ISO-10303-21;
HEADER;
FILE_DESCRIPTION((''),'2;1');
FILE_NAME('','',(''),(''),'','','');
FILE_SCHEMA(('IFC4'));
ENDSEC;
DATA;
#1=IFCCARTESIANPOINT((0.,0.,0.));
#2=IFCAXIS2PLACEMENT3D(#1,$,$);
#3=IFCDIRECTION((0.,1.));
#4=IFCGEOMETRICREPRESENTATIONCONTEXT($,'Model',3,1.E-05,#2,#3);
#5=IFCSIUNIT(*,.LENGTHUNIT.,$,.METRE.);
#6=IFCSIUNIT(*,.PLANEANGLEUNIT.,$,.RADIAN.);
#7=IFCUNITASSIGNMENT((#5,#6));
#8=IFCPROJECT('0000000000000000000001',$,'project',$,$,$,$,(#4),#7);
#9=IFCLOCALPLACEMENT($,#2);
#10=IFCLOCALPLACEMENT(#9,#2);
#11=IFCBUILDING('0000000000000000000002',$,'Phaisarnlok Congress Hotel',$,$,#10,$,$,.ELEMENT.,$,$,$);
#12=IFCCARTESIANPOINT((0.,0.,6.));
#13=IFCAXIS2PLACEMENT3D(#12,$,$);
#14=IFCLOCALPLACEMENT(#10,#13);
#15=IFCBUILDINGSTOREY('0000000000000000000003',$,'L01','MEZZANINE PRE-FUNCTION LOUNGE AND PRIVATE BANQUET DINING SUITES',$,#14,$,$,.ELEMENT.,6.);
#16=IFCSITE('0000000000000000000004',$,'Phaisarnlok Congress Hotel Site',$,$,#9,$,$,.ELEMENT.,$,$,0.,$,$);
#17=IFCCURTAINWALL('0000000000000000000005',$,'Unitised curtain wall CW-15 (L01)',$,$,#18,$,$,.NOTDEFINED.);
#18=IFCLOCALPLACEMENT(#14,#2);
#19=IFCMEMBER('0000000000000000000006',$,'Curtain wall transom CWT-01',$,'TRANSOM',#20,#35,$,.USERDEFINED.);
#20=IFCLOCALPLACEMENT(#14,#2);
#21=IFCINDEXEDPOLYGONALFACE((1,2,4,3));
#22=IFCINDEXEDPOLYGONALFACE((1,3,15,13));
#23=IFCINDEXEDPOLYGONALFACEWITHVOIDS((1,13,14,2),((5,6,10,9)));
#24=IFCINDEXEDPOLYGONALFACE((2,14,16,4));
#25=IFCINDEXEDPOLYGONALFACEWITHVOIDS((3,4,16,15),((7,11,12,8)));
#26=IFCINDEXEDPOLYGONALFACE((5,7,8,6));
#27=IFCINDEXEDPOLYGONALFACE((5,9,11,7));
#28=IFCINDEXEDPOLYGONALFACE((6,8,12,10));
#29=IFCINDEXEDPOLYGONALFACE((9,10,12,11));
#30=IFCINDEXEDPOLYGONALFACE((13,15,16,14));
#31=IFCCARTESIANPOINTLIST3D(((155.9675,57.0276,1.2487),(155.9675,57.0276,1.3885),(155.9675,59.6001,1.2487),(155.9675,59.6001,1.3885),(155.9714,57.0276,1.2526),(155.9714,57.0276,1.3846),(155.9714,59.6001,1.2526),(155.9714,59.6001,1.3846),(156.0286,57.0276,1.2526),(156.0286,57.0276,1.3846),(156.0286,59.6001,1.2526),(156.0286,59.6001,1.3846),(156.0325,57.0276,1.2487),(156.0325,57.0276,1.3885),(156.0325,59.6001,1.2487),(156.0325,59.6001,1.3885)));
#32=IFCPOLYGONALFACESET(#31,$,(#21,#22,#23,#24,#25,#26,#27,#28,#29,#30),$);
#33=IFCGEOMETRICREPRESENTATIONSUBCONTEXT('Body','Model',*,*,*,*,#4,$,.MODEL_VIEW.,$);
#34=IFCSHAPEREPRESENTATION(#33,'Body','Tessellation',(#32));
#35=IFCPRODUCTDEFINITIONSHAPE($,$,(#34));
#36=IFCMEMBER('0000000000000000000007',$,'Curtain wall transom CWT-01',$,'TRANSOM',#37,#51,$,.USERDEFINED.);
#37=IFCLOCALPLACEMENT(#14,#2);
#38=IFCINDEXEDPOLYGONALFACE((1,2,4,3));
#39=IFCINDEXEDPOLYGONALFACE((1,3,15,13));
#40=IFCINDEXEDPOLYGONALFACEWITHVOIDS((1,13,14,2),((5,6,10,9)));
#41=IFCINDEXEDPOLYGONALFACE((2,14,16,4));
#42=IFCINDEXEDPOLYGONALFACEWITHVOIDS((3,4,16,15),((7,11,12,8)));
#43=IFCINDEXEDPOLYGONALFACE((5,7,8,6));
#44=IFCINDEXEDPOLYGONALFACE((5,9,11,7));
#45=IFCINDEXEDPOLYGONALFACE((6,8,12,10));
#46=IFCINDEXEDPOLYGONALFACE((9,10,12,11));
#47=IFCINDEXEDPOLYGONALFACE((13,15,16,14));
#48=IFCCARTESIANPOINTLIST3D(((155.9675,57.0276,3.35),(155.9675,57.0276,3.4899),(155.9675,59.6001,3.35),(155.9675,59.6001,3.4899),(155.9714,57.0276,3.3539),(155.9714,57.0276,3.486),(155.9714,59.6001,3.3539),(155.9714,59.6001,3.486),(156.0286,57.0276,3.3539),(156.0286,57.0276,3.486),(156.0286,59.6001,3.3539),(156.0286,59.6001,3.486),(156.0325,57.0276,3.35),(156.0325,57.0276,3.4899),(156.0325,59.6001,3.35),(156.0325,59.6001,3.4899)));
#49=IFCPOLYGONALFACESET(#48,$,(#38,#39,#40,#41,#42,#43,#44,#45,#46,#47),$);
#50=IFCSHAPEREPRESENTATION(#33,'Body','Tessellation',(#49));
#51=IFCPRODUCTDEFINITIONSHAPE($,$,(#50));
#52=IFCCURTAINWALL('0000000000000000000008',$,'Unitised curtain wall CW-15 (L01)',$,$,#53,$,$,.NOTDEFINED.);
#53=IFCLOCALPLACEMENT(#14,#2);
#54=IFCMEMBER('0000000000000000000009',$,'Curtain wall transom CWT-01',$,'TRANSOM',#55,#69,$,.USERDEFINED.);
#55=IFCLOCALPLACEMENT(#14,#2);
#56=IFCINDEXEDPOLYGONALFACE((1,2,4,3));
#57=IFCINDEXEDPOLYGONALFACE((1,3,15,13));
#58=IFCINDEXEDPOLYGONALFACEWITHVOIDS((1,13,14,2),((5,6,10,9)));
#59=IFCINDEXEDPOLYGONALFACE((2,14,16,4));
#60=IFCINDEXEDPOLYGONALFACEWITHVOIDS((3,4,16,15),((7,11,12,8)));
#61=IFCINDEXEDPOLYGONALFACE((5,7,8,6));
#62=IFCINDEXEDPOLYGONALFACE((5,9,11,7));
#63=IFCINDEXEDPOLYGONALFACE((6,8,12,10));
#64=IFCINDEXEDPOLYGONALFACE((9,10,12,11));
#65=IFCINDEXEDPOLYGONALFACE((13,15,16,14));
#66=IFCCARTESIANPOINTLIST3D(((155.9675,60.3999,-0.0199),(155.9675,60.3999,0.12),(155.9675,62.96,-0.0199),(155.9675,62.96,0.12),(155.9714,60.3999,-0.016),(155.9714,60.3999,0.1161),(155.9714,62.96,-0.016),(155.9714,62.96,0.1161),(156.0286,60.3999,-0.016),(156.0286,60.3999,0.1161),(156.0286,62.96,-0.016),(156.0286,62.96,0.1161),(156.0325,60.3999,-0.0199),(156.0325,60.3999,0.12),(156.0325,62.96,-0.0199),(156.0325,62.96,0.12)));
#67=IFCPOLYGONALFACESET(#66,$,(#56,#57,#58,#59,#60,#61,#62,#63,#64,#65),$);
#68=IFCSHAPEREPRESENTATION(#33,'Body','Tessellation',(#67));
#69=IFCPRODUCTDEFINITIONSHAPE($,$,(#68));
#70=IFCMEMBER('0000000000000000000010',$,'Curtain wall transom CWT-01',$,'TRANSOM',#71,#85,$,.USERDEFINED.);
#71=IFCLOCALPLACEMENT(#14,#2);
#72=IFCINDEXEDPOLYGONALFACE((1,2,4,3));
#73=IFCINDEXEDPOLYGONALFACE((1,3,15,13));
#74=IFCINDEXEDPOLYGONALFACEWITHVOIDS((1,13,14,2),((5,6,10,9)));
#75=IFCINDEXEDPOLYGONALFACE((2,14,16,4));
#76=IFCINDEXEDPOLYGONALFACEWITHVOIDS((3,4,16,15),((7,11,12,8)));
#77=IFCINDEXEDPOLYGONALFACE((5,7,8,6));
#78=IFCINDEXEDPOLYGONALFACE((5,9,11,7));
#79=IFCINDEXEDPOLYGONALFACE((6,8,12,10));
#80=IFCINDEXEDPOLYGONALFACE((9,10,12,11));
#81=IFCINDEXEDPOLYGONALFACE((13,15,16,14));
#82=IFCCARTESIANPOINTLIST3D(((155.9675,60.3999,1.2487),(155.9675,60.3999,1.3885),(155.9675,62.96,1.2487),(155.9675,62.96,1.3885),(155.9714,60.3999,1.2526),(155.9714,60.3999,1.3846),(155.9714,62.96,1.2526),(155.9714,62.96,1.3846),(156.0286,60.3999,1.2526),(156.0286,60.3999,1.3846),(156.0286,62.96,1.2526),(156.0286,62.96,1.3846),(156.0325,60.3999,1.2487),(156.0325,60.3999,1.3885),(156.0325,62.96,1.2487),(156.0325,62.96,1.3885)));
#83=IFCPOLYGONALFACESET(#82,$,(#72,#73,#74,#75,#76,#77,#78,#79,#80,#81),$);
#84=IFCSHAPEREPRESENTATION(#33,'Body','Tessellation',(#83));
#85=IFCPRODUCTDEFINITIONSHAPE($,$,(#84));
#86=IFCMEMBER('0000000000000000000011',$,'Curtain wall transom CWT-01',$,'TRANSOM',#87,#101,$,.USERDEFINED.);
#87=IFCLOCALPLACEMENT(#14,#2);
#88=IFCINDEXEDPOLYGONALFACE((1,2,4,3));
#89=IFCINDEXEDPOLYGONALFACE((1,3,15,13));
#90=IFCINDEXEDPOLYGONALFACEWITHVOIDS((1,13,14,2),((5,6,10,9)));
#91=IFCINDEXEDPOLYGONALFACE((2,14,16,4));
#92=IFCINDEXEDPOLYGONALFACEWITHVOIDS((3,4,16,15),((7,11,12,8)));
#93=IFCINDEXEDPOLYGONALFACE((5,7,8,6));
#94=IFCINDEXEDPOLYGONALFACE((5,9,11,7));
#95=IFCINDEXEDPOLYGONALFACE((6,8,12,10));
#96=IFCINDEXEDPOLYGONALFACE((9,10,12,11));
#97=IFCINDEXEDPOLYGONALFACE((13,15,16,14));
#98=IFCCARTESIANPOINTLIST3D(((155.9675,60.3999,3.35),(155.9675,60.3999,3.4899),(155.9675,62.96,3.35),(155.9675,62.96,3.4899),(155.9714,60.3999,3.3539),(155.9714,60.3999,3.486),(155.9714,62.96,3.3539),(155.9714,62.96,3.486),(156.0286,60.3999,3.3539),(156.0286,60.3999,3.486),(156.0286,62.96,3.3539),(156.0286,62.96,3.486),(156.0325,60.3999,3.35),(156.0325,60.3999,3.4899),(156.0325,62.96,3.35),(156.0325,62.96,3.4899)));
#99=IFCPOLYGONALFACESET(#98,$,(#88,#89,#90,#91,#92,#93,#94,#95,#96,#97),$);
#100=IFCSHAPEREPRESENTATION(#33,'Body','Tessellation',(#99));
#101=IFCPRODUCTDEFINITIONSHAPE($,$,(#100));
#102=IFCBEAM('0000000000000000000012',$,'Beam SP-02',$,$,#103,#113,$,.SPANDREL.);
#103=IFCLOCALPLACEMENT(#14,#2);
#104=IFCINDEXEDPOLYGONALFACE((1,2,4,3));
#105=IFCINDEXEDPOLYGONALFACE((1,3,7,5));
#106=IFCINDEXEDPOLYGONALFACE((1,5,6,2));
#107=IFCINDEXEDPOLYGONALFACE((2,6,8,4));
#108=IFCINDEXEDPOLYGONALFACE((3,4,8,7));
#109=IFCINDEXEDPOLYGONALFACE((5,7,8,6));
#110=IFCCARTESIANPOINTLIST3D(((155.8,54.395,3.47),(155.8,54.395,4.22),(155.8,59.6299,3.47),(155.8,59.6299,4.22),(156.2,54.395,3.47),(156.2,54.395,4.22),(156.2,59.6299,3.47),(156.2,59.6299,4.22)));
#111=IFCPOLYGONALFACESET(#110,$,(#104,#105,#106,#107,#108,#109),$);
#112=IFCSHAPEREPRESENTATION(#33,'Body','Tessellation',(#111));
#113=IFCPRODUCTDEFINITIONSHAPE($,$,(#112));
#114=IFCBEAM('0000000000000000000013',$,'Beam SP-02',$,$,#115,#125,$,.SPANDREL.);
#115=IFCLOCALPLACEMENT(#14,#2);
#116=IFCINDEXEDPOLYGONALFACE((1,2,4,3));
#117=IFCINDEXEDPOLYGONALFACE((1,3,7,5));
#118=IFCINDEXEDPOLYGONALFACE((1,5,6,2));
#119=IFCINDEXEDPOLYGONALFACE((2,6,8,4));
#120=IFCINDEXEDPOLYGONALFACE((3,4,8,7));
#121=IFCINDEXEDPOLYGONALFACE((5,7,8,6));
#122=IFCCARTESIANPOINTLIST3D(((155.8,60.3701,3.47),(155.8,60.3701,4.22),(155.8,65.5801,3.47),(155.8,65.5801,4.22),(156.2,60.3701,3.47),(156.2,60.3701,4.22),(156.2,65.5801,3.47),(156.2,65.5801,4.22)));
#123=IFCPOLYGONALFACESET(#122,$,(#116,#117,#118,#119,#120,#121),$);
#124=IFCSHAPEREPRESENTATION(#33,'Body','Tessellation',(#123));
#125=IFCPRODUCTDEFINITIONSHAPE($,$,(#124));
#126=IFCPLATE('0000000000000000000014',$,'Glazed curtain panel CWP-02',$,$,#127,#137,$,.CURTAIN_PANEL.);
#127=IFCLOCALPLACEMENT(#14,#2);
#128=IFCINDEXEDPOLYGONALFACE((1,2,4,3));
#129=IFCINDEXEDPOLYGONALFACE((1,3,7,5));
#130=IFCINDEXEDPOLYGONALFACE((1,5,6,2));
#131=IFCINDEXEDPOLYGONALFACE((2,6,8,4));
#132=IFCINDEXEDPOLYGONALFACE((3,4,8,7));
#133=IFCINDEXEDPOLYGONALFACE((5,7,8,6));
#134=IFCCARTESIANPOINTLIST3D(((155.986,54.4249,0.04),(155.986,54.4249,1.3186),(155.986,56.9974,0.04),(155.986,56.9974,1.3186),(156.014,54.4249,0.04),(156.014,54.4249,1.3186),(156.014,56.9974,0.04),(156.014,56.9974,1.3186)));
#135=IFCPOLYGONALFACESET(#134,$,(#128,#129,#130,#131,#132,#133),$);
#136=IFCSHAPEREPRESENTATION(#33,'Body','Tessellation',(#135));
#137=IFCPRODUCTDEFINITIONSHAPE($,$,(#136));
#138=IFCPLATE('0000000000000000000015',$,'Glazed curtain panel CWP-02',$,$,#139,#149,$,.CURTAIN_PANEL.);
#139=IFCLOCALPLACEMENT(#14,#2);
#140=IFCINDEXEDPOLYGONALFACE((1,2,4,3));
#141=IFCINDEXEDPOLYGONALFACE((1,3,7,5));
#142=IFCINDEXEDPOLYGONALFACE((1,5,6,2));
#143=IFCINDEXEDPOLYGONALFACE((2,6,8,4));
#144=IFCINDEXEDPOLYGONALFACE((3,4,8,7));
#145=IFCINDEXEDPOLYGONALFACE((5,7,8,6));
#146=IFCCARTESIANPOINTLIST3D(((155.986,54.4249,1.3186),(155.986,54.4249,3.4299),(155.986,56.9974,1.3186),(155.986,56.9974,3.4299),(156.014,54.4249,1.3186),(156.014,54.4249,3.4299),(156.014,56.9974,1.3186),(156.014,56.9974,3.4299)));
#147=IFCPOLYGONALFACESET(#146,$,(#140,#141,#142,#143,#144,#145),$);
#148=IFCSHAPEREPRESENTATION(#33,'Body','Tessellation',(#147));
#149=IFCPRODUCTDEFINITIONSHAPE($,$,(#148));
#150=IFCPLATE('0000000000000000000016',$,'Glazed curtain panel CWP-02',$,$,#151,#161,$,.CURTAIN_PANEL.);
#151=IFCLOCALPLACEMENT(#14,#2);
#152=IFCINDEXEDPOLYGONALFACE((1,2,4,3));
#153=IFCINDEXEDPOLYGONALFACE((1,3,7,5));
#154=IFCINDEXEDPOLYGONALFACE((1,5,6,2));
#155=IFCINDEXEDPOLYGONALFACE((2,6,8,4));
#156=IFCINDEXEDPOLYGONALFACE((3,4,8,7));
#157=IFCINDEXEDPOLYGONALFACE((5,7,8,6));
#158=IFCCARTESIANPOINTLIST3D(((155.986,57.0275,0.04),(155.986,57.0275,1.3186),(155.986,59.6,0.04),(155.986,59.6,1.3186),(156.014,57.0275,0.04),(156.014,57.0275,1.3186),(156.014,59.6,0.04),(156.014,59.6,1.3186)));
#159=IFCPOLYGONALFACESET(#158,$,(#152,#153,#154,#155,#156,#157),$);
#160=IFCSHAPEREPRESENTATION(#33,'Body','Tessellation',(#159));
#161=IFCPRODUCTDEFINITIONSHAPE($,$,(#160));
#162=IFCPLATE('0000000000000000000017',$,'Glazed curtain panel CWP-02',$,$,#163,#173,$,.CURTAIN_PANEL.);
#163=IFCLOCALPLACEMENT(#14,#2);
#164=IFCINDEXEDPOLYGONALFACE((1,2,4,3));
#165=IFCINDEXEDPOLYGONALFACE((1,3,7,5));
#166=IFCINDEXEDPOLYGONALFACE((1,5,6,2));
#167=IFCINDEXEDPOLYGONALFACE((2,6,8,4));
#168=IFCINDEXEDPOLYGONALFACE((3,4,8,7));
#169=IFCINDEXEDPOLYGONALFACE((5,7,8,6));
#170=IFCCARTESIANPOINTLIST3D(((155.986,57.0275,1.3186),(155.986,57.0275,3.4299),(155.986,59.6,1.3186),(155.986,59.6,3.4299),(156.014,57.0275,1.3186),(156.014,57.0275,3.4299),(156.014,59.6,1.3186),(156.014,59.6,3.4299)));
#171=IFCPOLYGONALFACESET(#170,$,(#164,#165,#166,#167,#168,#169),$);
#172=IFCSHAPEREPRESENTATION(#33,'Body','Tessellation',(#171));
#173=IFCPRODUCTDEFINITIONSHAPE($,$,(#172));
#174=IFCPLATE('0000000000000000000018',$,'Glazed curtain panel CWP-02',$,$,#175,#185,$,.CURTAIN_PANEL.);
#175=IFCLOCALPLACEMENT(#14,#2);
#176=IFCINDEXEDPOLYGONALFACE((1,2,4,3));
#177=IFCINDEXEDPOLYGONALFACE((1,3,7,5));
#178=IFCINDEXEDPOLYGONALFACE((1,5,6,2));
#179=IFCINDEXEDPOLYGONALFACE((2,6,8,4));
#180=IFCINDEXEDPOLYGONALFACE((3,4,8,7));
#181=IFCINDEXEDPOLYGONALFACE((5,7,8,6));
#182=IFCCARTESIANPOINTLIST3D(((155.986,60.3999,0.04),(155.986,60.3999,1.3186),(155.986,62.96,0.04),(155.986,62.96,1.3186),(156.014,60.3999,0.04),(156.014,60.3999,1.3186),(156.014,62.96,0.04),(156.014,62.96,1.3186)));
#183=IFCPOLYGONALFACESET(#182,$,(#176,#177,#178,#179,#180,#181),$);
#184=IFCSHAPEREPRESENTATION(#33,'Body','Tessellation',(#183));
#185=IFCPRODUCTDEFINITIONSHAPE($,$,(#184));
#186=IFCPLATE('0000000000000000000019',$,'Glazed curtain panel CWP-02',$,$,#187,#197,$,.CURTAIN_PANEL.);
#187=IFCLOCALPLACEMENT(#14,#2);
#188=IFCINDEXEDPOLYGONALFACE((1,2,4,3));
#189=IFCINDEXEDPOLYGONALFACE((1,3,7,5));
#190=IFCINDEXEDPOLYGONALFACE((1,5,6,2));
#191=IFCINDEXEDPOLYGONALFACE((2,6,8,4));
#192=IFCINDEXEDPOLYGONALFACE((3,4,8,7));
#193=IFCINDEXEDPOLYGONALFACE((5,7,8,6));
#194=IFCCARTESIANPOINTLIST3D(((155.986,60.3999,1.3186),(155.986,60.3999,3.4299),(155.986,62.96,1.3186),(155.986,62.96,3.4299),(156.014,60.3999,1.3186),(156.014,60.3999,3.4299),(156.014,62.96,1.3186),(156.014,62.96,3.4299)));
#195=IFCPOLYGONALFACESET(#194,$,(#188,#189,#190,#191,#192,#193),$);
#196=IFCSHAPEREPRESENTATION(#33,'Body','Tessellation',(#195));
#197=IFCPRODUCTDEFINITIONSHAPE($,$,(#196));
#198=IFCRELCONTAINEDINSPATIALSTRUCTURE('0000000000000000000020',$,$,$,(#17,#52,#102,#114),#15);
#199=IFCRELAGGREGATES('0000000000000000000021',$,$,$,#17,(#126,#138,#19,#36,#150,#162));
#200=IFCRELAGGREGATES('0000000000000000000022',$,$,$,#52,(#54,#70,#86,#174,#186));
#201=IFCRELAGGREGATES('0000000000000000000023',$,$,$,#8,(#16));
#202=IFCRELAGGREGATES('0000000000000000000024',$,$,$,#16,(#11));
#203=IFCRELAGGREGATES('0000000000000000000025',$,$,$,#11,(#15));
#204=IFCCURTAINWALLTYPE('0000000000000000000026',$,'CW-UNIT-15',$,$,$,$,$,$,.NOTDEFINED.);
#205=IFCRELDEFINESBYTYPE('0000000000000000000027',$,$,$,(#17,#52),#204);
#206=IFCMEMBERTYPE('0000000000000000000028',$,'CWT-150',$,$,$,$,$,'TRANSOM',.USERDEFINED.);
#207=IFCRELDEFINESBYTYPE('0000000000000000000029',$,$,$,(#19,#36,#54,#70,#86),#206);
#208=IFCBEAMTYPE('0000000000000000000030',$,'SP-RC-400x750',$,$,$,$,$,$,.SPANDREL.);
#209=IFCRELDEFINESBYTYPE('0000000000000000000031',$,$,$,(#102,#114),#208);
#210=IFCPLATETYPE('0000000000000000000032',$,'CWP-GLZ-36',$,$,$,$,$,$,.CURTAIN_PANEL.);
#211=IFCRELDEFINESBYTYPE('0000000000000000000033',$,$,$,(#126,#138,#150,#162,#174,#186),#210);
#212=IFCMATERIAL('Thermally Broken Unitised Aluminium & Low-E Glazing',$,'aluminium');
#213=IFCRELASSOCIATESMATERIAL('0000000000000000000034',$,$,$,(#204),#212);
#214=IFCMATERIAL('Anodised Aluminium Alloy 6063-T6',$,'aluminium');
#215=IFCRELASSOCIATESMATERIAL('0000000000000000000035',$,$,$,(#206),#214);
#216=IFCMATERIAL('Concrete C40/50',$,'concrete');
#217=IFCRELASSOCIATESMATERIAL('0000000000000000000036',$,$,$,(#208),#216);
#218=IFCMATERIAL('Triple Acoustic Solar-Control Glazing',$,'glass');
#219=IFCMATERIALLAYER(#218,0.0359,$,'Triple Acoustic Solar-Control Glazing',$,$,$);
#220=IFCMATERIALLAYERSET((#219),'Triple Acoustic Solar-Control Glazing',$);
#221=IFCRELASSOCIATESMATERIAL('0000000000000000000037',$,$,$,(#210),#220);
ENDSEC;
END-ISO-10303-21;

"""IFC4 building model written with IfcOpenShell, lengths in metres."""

from ifc_helpers import new_model, si_unit, direction, frame, frame_2d, origin, origin_2d, place, context, subcontext, project, spatial, rectangle, hollow_rectangle, extrude, material, layer, layer_set, material_profile, profile_set, type_object, element, aggregate, save


model = new_model("IFC4")

# Units and contexts
model_context = context("Model", 3, precision=1e-05, world=origin(), true_north=direction((0.0, 1.0)))
body_context = subcontext(model_context, "Body", "Model", "MODEL_VIEW")
ifc_project = project(units=[si_unit("LENGTHUNIT", "METRE"), si_unit("PLANEANGLEUNIT", "RADIAN")], contexts=[model_context])

# Site, building, storey
site_placement = place(None, origin())
site = spatial("IfcSite", under=ifc_project, at=site_placement, Name="Phaisarnlok Congress Hotel Site", CompositionType="ELEMENT", RefElevation=0.0)
building_placement = place(site_placement, origin())
building = spatial("IfcBuilding", under=site, at=building_placement, Name="Phaisarnlok Congress Hotel", CompositionType="ELEMENT")
storey_placement = place(building_placement, frame((0.0, 0.0, 6.0)))
storey = spatial("IfcBuildingStorey", under=building, at=storey_placement, Name="L01", Description="MEZZANINE PRE-FUNCTION LOUNGE AND PRIVATE BANQUET DINING SUITES", CompositionType="ELEMENT", Elevation=6.0)

# Shared definitions
ifc_material_1 = material(Name="Thermally Broken Unitised Aluminium & Low-E Glazing", Category="aluminium")
ifc_material_2 = material(Name="Anodised Aluminium Alloy 6063-T6", Category="aluminium")

# Curtain walls, members
curtain_wall_type_1 = type_object("IfcCurtainWallType", Name="CW-UNIT-15", PredefinedType="NOTDEFINED", material=ifc_material_1)
curtain_wall_1_placement = place(storey_placement, origin())
curtain_wall_1 = element("IfcCurtainWall", 1, at=curtain_wall_1_placement, inside=storey, type_object=curtain_wall_type_1, Name="Unitised curtain wall CW-15 (L01)", PredefinedType="NOTDEFINED")
ifc_material_profile_1 = material_profile(ifc_material_2, hollow_rectangle(XDim=0.0649, YDim=0.1399, WallThickness=0.0039, at=origin_2d()), Name="ALU-T 65x140x4")
ifc_profile_set_1 = profile_set([ifc_material_profile_1], Name="Anodised Aluminium Alloy 6063-T6")
member_type_1 = type_object("IfcMemberType", Name="CWT-150", ElementType="TRANSOM", PredefinedType="USERDEFINED", material=ifc_profile_set_1)
member_1_placement = place(storey_placement, frame((156.0, 57.0276, 1.3186), z_axis=(0.0, 1.0, 0.0), x_axis=(-1.0, 0.0, 0.0)))
member_1 = element("IfcMember", 2, at=member_1_placement, type_object=member_type_1, Name="Curtain wall transom CWT-01", ObjectType="TRANSOM", PredefinedType="USERDEFINED", context=body_context, shape_type="SweptSolid", body=[
    extrude(hollow_rectangle(XDim=0.0649, YDim=0.1399, WallThickness=0.0039, at=origin_2d()), origin(), (0.0, 0.0, 1.0), 2.5725),
])
member_2_placement = place(storey_placement, frame((156.0, 57.0276, 3.4199), z_axis=(0.0, 1.0, 0.0), x_axis=(-1.0, 0.0, 0.0)))
member_2 = element("IfcMember", 3, at=member_2_placement, type_object=member_type_1, Name="Curtain wall transom CWT-01", ObjectType="TRANSOM", PredefinedType="USERDEFINED", context=body_context, shape_type="SweptSolid", body=[
    extrude(hollow_rectangle(XDim=0.0649, YDim=0.1399, WallThickness=0.0039, at=origin_2d()), origin(), (0.0, 0.0, 1.0), 2.5725),
])
curtain_wall_2_placement = place(storey_placement, origin())
curtain_wall_2 = element("IfcCurtainWall", 4, at=curtain_wall_2_placement, inside=storey, type_object=curtain_wall_type_1, Name="Unitised curtain wall CW-15 (L01)", PredefinedType="NOTDEFINED")
member_3_placement = place(storey_placement, frame((156.0, 60.3999, 0.05), z_axis=(0.0, 1.0, 0.0), x_axis=(-1.0, 0.0, 0.0)))
member_3 = element("IfcMember", 5, at=member_3_placement, type_object=member_type_1, Name="Curtain wall transom CWT-01", ObjectType="TRANSOM", PredefinedType="USERDEFINED", context=body_context, shape_type="SweptSolid", body=[
    extrude(hollow_rectangle(XDim=0.0649, YDim=0.1399, WallThickness=0.0039, at=origin_2d()), origin(), (0.0, 0.0, 1.0), 2.5601),
])
member_4_placement = place(storey_placement, frame((156.0, 60.3999, 1.3186), z_axis=(0.0, 1.0, 0.0), x_axis=(-1.0, 0.0, 0.0)))
member_4 = element("IfcMember", 6, at=member_4_placement, type_object=member_type_1, Name="Curtain wall transom CWT-01", ObjectType="TRANSOM", PredefinedType="USERDEFINED", context=body_context, shape_type="SweptSolid", body=[
    extrude(hollow_rectangle(XDim=0.0649, YDim=0.1399, WallThickness=0.0039, at=origin_2d()), origin(), (0.0, 0.0, 1.0), 2.5601),
])
member_5_placement = place(storey_placement, frame((156.0, 60.3999, 3.4199), z_axis=(0.0, 1.0, 0.0), x_axis=(-1.0, 0.0, 0.0)))
member_5 = element("IfcMember", 7, at=member_5_placement, type_object=member_type_1, Name="Curtain wall transom CWT-01", ObjectType="TRANSOM", PredefinedType="USERDEFINED", context=body_context, shape_type="SweptSolid", body=[
    extrude(hollow_rectangle(XDim=0.0649, YDim=0.1399, WallThickness=0.0039, at=origin_2d()), origin(), (0.0, 0.0, 1.0), 2.5601),
])

# Beams
ifc_material_3 = material(Name="Concrete C40/50", Category="concrete")
ifc_material_profile_2 = material_profile(ifc_material_3, rectangle(XDim=0.3999, YDim=0.75, at=origin_2d()), Name="RC 400x750")
ifc_profile_set_2 = profile_set([ifc_material_profile_2], Name="Concrete C40/50")
beam_type_1 = type_object("IfcBeamType", Name="SP-RC-400x750", PredefinedType="SPANDREL", material=ifc_profile_set_2)
beam_1_placement = place(storey_placement, frame((156.0, 54.395, 3.845), z_axis=(0.0, 1.0, 0.0), x_axis=(-1.0, 0.0, 0.0)))
element("IfcBeam", 8, at=beam_1_placement, inside=storey, type_object=beam_type_1, Name="Beam SP-02", PredefinedType="SPANDREL", context=body_context, shape_type="SweptSolid", body=[
    extrude(rectangle(XDim=0.3999, YDim=0.75, at=origin_2d()), origin(), (0.0, 0.0, 1.0), 5.2349),
])
beam_2_placement = place(storey_placement, frame((156.0, 60.3701, 3.845), z_axis=(0.0, 1.0, 0.0), x_axis=(-1.0, 0.0, 0.0)))
element("IfcBeam", 9, at=beam_2_placement, inside=storey, type_object=beam_type_1, Name="Beam SP-02", PredefinedType="SPANDREL", context=body_context, shape_type="SweptSolid", body=[
    extrude(rectangle(XDim=0.3999, YDim=0.75, at=origin_2d()), origin(), (0.0, 0.0, 1.0), 5.21),
])

# Plates
ifc_material_4 = material(Name="Triple Acoustic Solar-Control Glazing", Category="glass")
ifc_layer = layer(ifc_material_4, 0.0359, Name="Triple Acoustic Solar-Control Glazing")
ifc_layer_set = layer_set([ifc_layer], Name="Triple Acoustic Solar-Control Glazing")
plate_type = type_object("IfcPlateType", Name="CWP-GLZ-36", PredefinedType="CURTAIN_PANEL", material=ifc_layer_set)
plate_1_placement = place(storey_placement, frame((156.0, 54.425, 0.04), z_axis=(0.0, 0.0, 1.0), x_axis=(0.0, 1.0, 0.0)))
plate_1 = element("IfcPlate", 10, at=plate_1_placement, type_object=plate_type, Name="Glazed curtain panel CWP-02", PredefinedType="CURTAIN_PANEL", context=body_context, shape_type="SweptSolid", body=[
    extrude(rectangle(XDim=2.5725, YDim=0.0281, at=frame_2d((1.2861, 0.0))), origin(), (0.0, 0.0, 1.0), 1.2786),
])
plate_2_placement = place(storey_placement, frame((156.0, 54.425, 1.3186), z_axis=(0.0, 0.0, 1.0), x_axis=(0.0, 1.0, 0.0)))
plate_2 = element("IfcPlate", 11, at=plate_2_placement, type_object=plate_type, Name="Glazed curtain panel CWP-02", PredefinedType="CURTAIN_PANEL", context=body_context, shape_type="SweptSolid", body=[
    extrude(rectangle(XDim=2.5725, YDim=0.0281, at=frame_2d((1.2861, 0.0))), origin(), (0.0, 0.0, 1.0), 2.1113),
])
plate_3_placement = place(storey_placement, frame((156.0, 57.0276, 0.04), z_axis=(0.0, 0.0, 1.0), x_axis=(0.0, 1.0, 0.0)))
plate_3 = element("IfcPlate", 12, at=plate_3_placement, type_object=plate_type, Name="Glazed curtain panel CWP-02", PredefinedType="CURTAIN_PANEL", context=body_context, shape_type="SweptSolid", body=[
    extrude(rectangle(XDim=2.5725, YDim=0.0281, at=frame_2d((1.2861, 0.0))), origin(), (0.0, 0.0, 1.0), 1.2786),
])
plate_4_placement = place(storey_placement, frame((156.0, 57.0276, 1.3186), z_axis=(0.0, 0.0, 1.0), x_axis=(0.0, 1.0, 0.0)))
plate_4 = element("IfcPlate", 13, at=plate_4_placement, type_object=plate_type, Name="Glazed curtain panel CWP-02", PredefinedType="CURTAIN_PANEL", context=body_context, shape_type="SweptSolid", body=[
    extrude(rectangle(XDim=2.5725, YDim=0.0281, at=frame_2d((1.2861, 0.0))), origin(), (0.0, 0.0, 1.0), 2.1113),
])
aggregate(curtain_wall_1, [plate_1, plate_2, member_1, member_2, plate_3, plate_4])
plate_5_placement = place(storey_placement, frame((156.0, 60.3999, 0.04), z_axis=(0.0, 0.0, 1.0), x_axis=(0.0, 1.0, 0.0)))
plate_5 = element("IfcPlate", 14, at=plate_5_placement, type_object=plate_type, Name="Glazed curtain panel CWP-02", PredefinedType="CURTAIN_PANEL", context=body_context, shape_type="SweptSolid", body=[
    extrude(rectangle(XDim=2.5601, YDim=0.0281, at=frame_2d((1.28, 0.0))), origin(), (0.0, 0.0, 1.0), 1.2786),
])
plate_6_placement = place(storey_placement, frame((156.0, 60.3999, 1.3186), z_axis=(0.0, 0.0, 1.0), x_axis=(0.0, 1.0, 0.0)))
plate_6 = element("IfcPlate", 15, at=plate_6_placement, type_object=plate_type, Name="Glazed curtain panel CWP-02", PredefinedType="CURTAIN_PANEL", context=body_context, shape_type="SweptSolid", body=[
    extrude(rectangle(XDim=2.5601, YDim=0.0281, at=frame_2d((1.28, 0.0))), origin(), (0.0, 0.0, 1.0), 2.1113),
])
aggregate(curtain_wall_2, [member_3, member_4, member_5, plate_5, plate_6])

save(model, "model.ifc")
